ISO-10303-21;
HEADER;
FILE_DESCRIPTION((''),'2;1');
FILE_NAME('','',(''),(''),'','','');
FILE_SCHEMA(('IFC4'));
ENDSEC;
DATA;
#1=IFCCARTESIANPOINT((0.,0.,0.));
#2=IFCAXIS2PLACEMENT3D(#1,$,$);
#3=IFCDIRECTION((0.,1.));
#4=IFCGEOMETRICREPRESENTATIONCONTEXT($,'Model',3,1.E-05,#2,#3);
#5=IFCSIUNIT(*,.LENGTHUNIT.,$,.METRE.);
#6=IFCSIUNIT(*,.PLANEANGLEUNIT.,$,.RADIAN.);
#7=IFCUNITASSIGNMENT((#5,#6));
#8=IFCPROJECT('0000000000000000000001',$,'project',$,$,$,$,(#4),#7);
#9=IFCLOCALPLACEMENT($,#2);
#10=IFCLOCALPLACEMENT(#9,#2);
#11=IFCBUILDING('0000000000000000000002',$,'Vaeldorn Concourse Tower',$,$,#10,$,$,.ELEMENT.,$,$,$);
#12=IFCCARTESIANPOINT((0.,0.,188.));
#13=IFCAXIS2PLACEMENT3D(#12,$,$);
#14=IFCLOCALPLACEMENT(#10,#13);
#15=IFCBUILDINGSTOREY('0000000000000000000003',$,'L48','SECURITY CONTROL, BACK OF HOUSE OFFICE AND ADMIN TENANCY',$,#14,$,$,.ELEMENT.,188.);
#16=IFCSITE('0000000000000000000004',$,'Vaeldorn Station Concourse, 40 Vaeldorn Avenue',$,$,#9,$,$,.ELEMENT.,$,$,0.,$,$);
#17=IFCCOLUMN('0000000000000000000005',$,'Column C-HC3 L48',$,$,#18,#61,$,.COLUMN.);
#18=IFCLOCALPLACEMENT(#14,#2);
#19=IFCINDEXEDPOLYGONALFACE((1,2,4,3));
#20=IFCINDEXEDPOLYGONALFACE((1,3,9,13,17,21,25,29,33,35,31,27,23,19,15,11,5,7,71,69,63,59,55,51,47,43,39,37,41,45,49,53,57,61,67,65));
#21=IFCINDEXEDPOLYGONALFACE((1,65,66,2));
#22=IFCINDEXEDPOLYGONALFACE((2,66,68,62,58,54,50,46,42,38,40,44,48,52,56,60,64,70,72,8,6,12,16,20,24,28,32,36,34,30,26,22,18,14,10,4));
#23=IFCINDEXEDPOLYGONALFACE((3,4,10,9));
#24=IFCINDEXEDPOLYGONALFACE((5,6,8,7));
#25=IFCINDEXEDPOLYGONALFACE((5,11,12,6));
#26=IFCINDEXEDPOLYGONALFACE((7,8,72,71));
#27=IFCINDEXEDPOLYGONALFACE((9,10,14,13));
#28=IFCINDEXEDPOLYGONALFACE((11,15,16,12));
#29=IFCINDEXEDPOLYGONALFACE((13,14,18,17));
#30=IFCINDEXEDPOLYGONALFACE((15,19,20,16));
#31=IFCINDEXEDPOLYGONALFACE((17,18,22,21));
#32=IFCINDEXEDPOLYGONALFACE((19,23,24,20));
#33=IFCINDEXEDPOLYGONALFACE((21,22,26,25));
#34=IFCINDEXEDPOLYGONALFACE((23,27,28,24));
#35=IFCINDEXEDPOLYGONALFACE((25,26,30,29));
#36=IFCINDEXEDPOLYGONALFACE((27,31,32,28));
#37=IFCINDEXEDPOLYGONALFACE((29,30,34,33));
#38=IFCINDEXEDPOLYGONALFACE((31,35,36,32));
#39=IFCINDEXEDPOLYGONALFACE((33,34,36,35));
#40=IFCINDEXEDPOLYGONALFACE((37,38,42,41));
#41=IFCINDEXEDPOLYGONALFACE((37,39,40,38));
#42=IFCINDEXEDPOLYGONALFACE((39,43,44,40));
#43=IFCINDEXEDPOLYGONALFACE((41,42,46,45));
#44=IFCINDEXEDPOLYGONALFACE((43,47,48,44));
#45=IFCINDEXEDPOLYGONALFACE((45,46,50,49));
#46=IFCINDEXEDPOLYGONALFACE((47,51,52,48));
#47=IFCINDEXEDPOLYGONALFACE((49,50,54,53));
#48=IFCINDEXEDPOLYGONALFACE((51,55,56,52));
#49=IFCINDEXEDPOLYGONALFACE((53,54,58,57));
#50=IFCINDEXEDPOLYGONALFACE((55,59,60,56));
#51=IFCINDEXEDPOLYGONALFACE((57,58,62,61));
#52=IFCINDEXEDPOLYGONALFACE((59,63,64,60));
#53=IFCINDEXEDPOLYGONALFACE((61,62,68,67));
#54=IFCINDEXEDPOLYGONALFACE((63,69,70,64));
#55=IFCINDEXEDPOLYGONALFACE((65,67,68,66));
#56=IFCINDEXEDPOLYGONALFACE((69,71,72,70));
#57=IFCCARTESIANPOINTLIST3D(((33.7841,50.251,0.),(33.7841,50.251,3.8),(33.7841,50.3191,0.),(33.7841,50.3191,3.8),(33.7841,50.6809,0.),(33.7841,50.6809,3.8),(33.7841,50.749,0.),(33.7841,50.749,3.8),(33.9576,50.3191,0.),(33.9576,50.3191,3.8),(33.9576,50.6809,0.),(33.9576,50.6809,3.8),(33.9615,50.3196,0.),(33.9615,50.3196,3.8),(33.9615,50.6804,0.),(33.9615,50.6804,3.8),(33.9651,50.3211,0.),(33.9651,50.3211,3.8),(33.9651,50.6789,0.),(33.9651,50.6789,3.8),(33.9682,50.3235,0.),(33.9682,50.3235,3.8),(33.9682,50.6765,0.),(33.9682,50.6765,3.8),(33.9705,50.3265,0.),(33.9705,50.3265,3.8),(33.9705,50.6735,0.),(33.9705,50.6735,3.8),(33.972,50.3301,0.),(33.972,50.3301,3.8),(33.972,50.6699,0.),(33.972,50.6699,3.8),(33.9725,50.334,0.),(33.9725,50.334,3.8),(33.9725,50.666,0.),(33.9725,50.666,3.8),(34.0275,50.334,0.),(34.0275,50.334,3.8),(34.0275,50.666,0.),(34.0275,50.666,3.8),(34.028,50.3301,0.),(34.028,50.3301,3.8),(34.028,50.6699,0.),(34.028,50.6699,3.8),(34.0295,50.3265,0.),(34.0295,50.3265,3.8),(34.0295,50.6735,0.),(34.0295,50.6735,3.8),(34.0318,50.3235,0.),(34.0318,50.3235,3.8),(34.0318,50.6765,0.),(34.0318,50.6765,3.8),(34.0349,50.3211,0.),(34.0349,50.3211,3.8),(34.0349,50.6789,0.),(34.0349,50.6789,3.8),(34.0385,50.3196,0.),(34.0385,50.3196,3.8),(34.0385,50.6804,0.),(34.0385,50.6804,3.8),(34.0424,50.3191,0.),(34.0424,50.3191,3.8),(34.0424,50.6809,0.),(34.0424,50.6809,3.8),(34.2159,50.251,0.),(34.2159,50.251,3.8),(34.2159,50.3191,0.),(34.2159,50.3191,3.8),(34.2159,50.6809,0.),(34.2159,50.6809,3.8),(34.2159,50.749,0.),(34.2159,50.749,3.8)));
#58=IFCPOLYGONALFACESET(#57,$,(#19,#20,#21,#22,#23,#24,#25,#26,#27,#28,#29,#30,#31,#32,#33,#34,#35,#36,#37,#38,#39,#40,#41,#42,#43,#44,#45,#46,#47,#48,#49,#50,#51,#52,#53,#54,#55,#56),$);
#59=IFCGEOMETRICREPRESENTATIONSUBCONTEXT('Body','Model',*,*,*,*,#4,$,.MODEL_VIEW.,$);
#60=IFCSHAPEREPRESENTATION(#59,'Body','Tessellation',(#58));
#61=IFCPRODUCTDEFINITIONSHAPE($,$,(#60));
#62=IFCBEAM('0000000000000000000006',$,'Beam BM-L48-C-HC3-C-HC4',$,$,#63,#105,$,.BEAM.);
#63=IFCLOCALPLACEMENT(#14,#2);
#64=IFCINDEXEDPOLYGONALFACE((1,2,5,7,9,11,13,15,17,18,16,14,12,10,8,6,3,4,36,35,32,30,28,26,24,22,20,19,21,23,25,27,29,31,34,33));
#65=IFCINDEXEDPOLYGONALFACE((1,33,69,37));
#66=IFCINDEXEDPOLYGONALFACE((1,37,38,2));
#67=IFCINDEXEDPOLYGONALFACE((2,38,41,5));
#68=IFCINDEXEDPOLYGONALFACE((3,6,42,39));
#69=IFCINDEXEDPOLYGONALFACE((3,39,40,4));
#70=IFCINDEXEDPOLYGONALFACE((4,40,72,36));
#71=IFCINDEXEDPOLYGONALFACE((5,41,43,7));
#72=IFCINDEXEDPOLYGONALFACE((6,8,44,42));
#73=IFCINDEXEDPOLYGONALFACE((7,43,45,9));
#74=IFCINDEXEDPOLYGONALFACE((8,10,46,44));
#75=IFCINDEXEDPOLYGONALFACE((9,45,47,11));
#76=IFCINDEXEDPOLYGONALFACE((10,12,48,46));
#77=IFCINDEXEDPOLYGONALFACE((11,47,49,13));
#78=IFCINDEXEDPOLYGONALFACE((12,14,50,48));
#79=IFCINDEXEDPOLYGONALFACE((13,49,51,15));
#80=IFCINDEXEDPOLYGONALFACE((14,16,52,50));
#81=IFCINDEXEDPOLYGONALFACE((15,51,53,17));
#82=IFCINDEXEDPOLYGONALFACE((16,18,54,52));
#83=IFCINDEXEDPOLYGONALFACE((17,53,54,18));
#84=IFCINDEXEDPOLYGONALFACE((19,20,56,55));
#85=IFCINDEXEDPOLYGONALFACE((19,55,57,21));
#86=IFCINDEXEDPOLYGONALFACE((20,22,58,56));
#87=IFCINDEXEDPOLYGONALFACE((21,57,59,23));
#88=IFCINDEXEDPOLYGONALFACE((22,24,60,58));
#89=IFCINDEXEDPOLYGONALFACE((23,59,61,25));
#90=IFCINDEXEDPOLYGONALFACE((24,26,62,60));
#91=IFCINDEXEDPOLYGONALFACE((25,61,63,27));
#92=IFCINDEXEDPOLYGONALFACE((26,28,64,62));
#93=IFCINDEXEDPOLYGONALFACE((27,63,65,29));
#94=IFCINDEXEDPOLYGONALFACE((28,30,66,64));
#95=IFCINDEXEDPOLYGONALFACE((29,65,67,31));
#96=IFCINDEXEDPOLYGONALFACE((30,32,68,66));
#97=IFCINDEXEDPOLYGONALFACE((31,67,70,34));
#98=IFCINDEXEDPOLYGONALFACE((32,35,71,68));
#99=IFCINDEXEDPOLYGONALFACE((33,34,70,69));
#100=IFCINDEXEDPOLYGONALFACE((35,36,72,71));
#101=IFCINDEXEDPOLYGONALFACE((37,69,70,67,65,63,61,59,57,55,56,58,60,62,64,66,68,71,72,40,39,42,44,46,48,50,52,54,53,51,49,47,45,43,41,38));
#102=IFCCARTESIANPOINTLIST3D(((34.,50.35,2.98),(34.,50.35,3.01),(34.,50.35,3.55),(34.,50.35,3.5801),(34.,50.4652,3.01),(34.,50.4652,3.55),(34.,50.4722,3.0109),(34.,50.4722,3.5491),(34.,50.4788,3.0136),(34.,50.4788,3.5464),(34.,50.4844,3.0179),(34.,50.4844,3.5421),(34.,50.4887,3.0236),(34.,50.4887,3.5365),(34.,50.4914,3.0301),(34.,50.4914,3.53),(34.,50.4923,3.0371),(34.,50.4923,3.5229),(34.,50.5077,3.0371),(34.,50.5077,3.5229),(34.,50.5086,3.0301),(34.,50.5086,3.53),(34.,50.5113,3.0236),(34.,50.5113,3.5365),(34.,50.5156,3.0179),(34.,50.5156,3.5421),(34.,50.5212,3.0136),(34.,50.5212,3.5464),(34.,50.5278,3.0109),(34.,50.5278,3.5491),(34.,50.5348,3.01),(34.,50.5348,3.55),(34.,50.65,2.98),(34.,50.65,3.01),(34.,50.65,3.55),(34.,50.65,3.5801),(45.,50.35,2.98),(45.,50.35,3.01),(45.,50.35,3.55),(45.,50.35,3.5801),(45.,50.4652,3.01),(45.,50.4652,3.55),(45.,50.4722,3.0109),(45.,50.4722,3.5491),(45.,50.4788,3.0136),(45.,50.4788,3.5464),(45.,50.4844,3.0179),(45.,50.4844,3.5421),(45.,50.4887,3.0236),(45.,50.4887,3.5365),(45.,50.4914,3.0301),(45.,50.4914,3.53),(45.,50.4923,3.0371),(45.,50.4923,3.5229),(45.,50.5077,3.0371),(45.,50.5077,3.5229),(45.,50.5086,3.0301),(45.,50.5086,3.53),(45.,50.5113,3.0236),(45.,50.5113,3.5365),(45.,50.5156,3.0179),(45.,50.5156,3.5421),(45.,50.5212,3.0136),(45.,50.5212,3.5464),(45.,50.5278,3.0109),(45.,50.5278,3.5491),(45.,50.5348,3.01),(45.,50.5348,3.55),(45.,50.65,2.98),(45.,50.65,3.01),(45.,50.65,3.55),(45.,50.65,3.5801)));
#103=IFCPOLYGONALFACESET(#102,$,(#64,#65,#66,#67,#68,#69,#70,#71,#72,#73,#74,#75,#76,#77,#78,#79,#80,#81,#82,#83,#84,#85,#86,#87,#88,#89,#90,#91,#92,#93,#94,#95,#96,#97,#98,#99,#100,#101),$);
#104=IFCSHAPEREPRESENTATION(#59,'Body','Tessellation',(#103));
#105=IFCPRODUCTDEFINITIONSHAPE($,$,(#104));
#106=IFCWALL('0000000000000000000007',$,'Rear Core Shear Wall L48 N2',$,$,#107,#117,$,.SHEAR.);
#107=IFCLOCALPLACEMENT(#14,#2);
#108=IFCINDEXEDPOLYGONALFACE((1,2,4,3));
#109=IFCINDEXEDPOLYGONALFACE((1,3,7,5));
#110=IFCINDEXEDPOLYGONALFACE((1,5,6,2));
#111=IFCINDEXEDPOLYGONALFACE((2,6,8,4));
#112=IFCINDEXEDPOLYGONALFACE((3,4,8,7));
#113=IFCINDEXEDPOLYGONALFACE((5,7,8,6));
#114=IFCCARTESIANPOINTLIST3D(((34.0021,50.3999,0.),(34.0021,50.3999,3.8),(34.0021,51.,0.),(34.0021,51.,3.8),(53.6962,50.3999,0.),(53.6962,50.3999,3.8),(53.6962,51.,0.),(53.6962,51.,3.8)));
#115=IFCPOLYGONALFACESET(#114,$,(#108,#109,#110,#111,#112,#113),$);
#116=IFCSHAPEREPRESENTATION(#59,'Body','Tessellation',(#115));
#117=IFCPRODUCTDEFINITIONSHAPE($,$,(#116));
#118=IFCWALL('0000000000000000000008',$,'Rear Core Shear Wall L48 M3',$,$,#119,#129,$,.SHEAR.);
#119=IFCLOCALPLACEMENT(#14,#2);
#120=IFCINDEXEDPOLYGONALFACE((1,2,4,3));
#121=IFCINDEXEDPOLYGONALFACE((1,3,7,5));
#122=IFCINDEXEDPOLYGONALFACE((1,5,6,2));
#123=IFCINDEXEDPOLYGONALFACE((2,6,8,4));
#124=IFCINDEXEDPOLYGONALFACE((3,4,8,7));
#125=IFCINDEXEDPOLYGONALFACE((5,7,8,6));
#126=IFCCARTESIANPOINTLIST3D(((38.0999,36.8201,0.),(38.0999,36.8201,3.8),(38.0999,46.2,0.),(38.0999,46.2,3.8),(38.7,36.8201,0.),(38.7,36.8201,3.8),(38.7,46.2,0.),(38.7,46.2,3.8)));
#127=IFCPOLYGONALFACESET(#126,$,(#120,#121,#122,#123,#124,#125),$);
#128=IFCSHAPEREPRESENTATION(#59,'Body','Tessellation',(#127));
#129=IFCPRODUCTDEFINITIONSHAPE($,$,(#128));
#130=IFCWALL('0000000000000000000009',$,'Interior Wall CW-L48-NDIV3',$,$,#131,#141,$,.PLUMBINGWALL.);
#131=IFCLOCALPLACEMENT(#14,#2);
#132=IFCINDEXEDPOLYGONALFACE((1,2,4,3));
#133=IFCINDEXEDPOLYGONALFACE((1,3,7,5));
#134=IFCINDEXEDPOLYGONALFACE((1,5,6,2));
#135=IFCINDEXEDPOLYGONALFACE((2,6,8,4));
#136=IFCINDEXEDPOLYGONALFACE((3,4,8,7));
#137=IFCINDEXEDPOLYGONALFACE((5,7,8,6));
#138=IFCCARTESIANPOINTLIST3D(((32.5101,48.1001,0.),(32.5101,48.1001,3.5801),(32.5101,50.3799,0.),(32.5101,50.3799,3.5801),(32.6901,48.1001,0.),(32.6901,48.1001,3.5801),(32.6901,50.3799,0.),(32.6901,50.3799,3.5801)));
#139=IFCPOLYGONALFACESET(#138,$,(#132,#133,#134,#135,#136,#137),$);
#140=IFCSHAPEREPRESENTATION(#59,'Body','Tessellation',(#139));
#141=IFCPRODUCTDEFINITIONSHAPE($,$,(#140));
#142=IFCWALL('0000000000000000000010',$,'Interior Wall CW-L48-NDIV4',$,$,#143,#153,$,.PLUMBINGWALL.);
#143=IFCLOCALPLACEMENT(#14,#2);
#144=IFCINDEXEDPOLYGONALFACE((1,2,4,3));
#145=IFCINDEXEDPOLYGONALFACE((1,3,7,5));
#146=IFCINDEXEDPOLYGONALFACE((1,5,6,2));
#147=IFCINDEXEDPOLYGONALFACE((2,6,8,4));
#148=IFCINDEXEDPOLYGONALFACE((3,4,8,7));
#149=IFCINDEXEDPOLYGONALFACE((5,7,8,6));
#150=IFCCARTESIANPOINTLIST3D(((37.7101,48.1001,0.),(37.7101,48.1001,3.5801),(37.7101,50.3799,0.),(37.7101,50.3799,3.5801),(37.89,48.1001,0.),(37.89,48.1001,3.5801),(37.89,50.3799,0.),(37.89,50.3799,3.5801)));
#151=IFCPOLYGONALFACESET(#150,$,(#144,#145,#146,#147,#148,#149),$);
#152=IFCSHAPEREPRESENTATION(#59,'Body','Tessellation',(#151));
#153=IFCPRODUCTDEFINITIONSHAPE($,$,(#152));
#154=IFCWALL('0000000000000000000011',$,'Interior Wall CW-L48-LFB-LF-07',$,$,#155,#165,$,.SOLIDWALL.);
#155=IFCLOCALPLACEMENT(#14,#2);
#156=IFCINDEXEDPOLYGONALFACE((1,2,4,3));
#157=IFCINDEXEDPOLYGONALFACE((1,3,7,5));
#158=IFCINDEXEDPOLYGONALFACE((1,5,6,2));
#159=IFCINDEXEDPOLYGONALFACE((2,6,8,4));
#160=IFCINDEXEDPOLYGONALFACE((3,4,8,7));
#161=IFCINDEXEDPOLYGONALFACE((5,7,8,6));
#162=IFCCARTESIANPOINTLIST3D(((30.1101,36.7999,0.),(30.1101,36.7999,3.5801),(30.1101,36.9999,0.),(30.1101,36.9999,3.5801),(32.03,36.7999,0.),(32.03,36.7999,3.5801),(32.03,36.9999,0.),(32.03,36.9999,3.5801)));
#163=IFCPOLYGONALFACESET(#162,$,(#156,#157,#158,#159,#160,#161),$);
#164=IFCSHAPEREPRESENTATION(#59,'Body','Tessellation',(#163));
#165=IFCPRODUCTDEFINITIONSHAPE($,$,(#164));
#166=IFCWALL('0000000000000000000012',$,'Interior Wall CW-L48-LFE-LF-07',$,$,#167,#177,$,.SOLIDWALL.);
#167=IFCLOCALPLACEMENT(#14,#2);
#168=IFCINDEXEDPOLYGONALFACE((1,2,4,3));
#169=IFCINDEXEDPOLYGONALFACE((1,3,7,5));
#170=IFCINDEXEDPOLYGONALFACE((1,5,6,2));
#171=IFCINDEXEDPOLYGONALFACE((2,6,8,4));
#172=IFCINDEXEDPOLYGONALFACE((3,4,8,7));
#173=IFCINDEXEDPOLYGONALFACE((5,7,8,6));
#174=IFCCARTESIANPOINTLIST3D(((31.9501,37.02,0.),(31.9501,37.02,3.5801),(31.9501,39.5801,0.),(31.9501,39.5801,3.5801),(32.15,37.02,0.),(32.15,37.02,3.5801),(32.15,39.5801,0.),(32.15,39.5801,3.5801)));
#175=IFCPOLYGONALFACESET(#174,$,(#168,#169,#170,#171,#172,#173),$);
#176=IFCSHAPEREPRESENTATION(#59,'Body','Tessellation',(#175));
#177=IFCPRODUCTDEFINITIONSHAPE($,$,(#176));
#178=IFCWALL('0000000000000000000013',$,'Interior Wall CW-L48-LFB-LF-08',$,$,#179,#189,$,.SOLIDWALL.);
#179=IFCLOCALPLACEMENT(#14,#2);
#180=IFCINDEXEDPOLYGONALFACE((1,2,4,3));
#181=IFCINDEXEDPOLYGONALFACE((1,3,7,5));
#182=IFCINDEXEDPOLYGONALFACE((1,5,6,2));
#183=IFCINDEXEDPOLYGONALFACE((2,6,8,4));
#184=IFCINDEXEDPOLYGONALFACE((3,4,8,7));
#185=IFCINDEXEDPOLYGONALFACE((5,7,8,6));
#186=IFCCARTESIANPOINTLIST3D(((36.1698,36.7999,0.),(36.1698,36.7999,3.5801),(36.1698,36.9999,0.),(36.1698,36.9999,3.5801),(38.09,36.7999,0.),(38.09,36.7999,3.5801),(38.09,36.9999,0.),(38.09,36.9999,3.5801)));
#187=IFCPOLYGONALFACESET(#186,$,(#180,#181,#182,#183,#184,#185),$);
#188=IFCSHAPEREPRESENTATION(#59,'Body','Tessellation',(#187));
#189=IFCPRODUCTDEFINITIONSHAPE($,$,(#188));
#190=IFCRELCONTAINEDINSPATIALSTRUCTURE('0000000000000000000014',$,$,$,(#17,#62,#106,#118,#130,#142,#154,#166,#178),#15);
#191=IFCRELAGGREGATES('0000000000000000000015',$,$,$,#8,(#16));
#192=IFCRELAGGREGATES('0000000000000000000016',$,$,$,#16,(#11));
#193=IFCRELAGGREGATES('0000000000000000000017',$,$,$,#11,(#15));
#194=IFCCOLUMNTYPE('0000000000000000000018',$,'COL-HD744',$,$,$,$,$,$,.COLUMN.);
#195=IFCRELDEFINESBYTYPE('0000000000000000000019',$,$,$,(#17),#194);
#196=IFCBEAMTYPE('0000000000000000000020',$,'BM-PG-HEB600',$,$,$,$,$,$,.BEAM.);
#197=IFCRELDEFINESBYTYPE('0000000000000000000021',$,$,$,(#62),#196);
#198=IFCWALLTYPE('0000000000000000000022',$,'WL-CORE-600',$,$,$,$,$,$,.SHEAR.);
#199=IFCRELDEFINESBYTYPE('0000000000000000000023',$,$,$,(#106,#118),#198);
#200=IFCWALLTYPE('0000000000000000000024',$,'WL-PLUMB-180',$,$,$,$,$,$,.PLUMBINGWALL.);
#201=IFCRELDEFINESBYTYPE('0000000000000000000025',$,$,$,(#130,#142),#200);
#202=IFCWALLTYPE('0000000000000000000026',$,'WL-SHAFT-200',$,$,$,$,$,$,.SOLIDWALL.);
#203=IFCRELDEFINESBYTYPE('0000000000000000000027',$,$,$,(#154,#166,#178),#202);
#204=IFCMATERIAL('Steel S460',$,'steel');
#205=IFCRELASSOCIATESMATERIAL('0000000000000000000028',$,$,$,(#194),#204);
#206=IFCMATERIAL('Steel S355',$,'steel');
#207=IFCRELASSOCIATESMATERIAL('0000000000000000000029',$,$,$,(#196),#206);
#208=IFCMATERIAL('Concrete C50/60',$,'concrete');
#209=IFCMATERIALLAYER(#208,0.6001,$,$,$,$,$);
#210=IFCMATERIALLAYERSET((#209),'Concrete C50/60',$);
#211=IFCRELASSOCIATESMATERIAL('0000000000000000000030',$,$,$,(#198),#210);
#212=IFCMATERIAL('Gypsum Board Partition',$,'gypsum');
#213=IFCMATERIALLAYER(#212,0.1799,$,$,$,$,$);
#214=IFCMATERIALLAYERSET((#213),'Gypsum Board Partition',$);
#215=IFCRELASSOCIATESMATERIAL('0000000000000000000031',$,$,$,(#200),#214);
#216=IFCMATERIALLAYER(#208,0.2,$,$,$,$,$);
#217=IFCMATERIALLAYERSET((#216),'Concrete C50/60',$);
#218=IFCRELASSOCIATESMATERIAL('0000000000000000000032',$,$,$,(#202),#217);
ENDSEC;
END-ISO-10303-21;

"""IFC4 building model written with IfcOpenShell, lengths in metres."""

from ifc_helpers import new_model, si_unit, direction, frame, frame_2d, origin, origin_2d, place, context, subcontext, project, spatial, rectangle, i_section, extrude, source, transform, mapped, material, layer, layer_set, material_profile, profile_set, type_object, element, save


model = new_model("IFC4")

# Units and contexts
model_context = context("Model", 3, precision=1e-05, world=origin(), true_north=direction((0.0, 1.0)))
body_context = subcontext(model_context, "Body", "Model", "MODEL_VIEW")
ifc_project = project(units=[si_unit("LENGTHUNIT", "METRE"), si_unit("PLANEANGLEUNIT", "RADIAN")], contexts=[model_context])

# Site, building, storey
site_placement = place(None, origin())
site = spatial("IfcSite", under=ifc_project, at=site_placement, Name="Vaeldorn Station Concourse, 40 Vaeldorn Avenue", CompositionType="ELEMENT", RefElevation=0.0)
building_placement = place(site_placement, origin())
building = spatial("IfcBuilding", under=site, at=building_placement, Name="Vaeldorn Concourse Tower", CompositionType="ELEMENT")
storey_placement = place(building_placement, frame((0.0, 0.0, 188.0)))
storey = spatial("IfcBuildingStorey", under=building, at=storey_placement, Name="L48", Description="SECURITY CONTROL, BACK OF HOUSE OFFICE AND ADMIN TENANCY", CompositionType="ELEMENT", Elevation=188.0)

# Column
ifc_material_1 = material(Name="Steel S460", Category="steel")
ifc_material_profile_1 = material_profile(ifc_material_1, i_section(OverallWidth=0.4319, OverallDepth=0.498, WebThickness=0.0549, FlangeThickness=0.0681, FilletRadius=0.0149, at=origin_2d()), Name="HD 400x744")
ifc_profile_set_1 = profile_set([ifc_material_profile_1], Name="Steel S460")
column_type = type_object("IfcColumnType", Name="COL-HD744", PredefinedType="COLUMN", material=ifc_profile_set_1)
shared_shape_1 = source(origin(), body_context, "Body", "SweptSolid", [
    extrude(i_section(OverallWidth=0.4319, OverallDepth=0.498, WebThickness=0.0549, FlangeThickness=0.0681, FilletRadius=0.0149, at=origin_2d()), origin(), (0.0, 0.0, 1.0), 3.8),
])
column_placement = place(storey_placement, frame((34.0, 50.5, 0.0), z_axis=(0.0, 0.0, 1.0), x_axis=(1.0, 0.0, 0.0)))
element("IfcColumn", 1, at=column_placement, inside=storey, type_object=column_type, Name="Column C-HC3 L48", PredefinedType="COLUMN", context=body_context, shape_type="MappedRepresentation", body=[
    mapped(shared_shape_1, transform((0.0, 0.0, 0.0), scale=1.0)),
])

# Beam
ifc_material_2 = material(Name="Steel S355", Category="steel")
ifc_material_profile_2 = material_profile(ifc_material_2, i_section(OverallWidth=0.3, OverallDepth=0.6001, WebThickness=0.0154, FlangeThickness=0.03, FilletRadius=0.0271, at=origin_2d()), Name="HEB 600")
ifc_profile_set_2 = profile_set([ifc_material_profile_2], Name="Steel S355")
beam_type = type_object("IfcBeamType", Name="BM-PG-HEB600", PredefinedType="BEAM", material=ifc_profile_set_2)
shared_shape_2 = source(origin(), body_context, "Body", "SweptSolid", [
    extrude(i_section(OverallWidth=0.3, OverallDepth=0.6001, WebThickness=0.0154, FlangeThickness=0.03, FilletRadius=0.0271, at=origin_2d()), origin(), (0.0, 0.0, 1.0), 11.0),
])
beam_placement = place(storey_placement, frame((34.0, 50.5, 3.28), z_axis=(1.0, 0.0, 0.0), x_axis=(0.0, 1.0, 0.0)))
element("IfcBeam", 2, at=beam_placement, inside=storey, type_object=beam_type, Name="Beam BM-L48-C-HC3-C-HC4", PredefinedType="BEAM", context=body_context, shape_type="MappedRepresentation", body=[
    mapped(shared_shape_2, transform((0.0, 0.0, 0.0), scale=1.0)),
])

# Walls
ifc_material_3 = material(Name="Concrete C50/60", Category="concrete")
ifc_layer_1 = layer(ifc_material_3, 0.6001)
ifc_layer_set_1 = layer_set([ifc_layer_1], Name="Concrete C50/60")
wall_type_1 = type_object("IfcWallType", Name="WL-CORE-600", PredefinedType="SHEAR", material=ifc_layer_set_1)
wall_1_placement = place(storey_placement, frame((34.002, 50.7, 0.0), z_axis=(0.0, 0.0, 1.0), x_axis=(1.0, 0.0, 0.0)))
element("IfcWall", 3, at=wall_1_placement, inside=storey, type_object=wall_type_1, Name="Rear Core Shear Wall L48 N2", PredefinedType="SHEAR", context=body_context, shape_type="SweptSolid", body=[
    extrude(rectangle(XDim=19.6941, YDim=0.6001, at=frame_2d((9.8472, 0.0))), origin(), (0.0, 0.0, 1.0), 3.8),
])
wall_2_placement = place(storey_placement, frame((38.3999, 36.8201, 0.0), z_axis=(0.0, 0.0, 1.0), x_axis=(0.0, 1.0, 0.0)))
element("IfcWall", 4, at=wall_2_placement, inside=storey, type_object=wall_type_1, Name="Rear Core Shear Wall L48 M3", PredefinedType="SHEAR", context=body_context, shape_type="SweptSolid", body=[
    extrude(rectangle(XDim=9.3799, YDim=0.6001, at=frame_2d((4.6899, 0.0))), origin(), (0.0, 0.0, 1.0), 3.8),
])
ifc_material_4 = material(Name="Gypsum Board Partition", Category="gypsum")
ifc_layer_2 = layer(ifc_material_4, 0.1799)
ifc_layer_set_2 = layer_set([ifc_layer_2], Name="Gypsum Board Partition")
wall_type_2 = type_object("IfcWallType", Name="WL-PLUMB-180", PredefinedType="PLUMBINGWALL", material=ifc_layer_set_2)
for number, where, z_axis, x_axis, name in (
    (5, (32.6001, 48.1001, 0.0), (0.0, 0.0, 1.0), (0.0, 1.0, 0.0), "Interior Wall CW-L48-NDIV3"),
    (6, (37.8, 48.1001, 0.0), (0.0, 0.0, 1.0), (0.0, 1.0, 0.0), "Interior Wall CW-L48-NDIV4"),
):
    element("IfcWall", number, at=place(storey_placement, frame(where, z_axis=z_axis, x_axis=x_axis)), inside=storey, type_object=wall_type_2, Name=name, PredefinedType="PLUMBINGWALL", context=body_context, shape_type="SweptSolid", body=[
        extrude(rectangle(XDim=2.2798, YDim=0.1799, at=frame_2d((1.1399, 0.0))), origin(), (0.0, 0.0, 1.0), 3.5801),
    ])
ifc_layer_3 = layer(ifc_material_3, 0.2)
ifc_layer_set_3 = layer_set([ifc_layer_3], Name="Concrete C50/60")
wall_type_3 = type_object("IfcWallType", Name="WL-SHAFT-200", PredefinedType="SOLIDWALL", material=ifc_layer_set_3)
wall_3_placement = place(storey_placement, frame((30.1101, 36.8999, 0.0), z_axis=(0.0, 0.0, 1.0), x_axis=(1.0, 0.0, 0.0)))
element("IfcWall", 7, at=wall_3_placement, inside=storey, type_object=wall_type_3, Name="Interior Wall CW-L48-LFB-LF-07", PredefinedType="SOLIDWALL", context=body_context, shape_type="SweptSolid", body=[
    extrude(rectangle(XDim=1.9199, YDim=0.2, at=frame_2d((0.96, 0.0))), origin(), (0.0, 0.0, 1.0), 3.5801),
])
wall_4_placement = place(storey_placement, frame((32.05, 37.02, 0.0), z_axis=(0.0, 0.0, 1.0), x_axis=(0.0, 1.0, 0.0)))
element("IfcWall", 8, at=wall_4_placement, inside=storey, type_object=wall_type_3, Name="Interior Wall CW-L48-LFE-LF-07", PredefinedType="SOLIDWALL", context=body_context, shape_type="SweptSolid", body=[
    extrude(rectangle(XDim=2.5601, YDim=0.2, at=frame_2d((1.28, 0.0))), origin(), (0.0, 0.0, 1.0), 3.5801),
])

# Wall
wall_5_placement = place(storey_placement, frame((36.1699, 36.8999, 0.0), z_axis=(0.0, 0.0, 1.0), x_axis=(1.0, 0.0, 0.0)))
element("IfcWall", 9, at=wall_5_placement, inside=storey, type_object=wall_type_3, Name="Interior Wall CW-L48-LFB-LF-08", PredefinedType="SOLIDWALL", context=body_context, shape_type="SweptSolid", body=[
    extrude(rectangle(XDim=1.9202, YDim=0.2, at=frame_2d((0.96, 0.0))), origin(), (0.0, 0.0, 1.0), 3.5801),
])

save(model, "model.ifc")
